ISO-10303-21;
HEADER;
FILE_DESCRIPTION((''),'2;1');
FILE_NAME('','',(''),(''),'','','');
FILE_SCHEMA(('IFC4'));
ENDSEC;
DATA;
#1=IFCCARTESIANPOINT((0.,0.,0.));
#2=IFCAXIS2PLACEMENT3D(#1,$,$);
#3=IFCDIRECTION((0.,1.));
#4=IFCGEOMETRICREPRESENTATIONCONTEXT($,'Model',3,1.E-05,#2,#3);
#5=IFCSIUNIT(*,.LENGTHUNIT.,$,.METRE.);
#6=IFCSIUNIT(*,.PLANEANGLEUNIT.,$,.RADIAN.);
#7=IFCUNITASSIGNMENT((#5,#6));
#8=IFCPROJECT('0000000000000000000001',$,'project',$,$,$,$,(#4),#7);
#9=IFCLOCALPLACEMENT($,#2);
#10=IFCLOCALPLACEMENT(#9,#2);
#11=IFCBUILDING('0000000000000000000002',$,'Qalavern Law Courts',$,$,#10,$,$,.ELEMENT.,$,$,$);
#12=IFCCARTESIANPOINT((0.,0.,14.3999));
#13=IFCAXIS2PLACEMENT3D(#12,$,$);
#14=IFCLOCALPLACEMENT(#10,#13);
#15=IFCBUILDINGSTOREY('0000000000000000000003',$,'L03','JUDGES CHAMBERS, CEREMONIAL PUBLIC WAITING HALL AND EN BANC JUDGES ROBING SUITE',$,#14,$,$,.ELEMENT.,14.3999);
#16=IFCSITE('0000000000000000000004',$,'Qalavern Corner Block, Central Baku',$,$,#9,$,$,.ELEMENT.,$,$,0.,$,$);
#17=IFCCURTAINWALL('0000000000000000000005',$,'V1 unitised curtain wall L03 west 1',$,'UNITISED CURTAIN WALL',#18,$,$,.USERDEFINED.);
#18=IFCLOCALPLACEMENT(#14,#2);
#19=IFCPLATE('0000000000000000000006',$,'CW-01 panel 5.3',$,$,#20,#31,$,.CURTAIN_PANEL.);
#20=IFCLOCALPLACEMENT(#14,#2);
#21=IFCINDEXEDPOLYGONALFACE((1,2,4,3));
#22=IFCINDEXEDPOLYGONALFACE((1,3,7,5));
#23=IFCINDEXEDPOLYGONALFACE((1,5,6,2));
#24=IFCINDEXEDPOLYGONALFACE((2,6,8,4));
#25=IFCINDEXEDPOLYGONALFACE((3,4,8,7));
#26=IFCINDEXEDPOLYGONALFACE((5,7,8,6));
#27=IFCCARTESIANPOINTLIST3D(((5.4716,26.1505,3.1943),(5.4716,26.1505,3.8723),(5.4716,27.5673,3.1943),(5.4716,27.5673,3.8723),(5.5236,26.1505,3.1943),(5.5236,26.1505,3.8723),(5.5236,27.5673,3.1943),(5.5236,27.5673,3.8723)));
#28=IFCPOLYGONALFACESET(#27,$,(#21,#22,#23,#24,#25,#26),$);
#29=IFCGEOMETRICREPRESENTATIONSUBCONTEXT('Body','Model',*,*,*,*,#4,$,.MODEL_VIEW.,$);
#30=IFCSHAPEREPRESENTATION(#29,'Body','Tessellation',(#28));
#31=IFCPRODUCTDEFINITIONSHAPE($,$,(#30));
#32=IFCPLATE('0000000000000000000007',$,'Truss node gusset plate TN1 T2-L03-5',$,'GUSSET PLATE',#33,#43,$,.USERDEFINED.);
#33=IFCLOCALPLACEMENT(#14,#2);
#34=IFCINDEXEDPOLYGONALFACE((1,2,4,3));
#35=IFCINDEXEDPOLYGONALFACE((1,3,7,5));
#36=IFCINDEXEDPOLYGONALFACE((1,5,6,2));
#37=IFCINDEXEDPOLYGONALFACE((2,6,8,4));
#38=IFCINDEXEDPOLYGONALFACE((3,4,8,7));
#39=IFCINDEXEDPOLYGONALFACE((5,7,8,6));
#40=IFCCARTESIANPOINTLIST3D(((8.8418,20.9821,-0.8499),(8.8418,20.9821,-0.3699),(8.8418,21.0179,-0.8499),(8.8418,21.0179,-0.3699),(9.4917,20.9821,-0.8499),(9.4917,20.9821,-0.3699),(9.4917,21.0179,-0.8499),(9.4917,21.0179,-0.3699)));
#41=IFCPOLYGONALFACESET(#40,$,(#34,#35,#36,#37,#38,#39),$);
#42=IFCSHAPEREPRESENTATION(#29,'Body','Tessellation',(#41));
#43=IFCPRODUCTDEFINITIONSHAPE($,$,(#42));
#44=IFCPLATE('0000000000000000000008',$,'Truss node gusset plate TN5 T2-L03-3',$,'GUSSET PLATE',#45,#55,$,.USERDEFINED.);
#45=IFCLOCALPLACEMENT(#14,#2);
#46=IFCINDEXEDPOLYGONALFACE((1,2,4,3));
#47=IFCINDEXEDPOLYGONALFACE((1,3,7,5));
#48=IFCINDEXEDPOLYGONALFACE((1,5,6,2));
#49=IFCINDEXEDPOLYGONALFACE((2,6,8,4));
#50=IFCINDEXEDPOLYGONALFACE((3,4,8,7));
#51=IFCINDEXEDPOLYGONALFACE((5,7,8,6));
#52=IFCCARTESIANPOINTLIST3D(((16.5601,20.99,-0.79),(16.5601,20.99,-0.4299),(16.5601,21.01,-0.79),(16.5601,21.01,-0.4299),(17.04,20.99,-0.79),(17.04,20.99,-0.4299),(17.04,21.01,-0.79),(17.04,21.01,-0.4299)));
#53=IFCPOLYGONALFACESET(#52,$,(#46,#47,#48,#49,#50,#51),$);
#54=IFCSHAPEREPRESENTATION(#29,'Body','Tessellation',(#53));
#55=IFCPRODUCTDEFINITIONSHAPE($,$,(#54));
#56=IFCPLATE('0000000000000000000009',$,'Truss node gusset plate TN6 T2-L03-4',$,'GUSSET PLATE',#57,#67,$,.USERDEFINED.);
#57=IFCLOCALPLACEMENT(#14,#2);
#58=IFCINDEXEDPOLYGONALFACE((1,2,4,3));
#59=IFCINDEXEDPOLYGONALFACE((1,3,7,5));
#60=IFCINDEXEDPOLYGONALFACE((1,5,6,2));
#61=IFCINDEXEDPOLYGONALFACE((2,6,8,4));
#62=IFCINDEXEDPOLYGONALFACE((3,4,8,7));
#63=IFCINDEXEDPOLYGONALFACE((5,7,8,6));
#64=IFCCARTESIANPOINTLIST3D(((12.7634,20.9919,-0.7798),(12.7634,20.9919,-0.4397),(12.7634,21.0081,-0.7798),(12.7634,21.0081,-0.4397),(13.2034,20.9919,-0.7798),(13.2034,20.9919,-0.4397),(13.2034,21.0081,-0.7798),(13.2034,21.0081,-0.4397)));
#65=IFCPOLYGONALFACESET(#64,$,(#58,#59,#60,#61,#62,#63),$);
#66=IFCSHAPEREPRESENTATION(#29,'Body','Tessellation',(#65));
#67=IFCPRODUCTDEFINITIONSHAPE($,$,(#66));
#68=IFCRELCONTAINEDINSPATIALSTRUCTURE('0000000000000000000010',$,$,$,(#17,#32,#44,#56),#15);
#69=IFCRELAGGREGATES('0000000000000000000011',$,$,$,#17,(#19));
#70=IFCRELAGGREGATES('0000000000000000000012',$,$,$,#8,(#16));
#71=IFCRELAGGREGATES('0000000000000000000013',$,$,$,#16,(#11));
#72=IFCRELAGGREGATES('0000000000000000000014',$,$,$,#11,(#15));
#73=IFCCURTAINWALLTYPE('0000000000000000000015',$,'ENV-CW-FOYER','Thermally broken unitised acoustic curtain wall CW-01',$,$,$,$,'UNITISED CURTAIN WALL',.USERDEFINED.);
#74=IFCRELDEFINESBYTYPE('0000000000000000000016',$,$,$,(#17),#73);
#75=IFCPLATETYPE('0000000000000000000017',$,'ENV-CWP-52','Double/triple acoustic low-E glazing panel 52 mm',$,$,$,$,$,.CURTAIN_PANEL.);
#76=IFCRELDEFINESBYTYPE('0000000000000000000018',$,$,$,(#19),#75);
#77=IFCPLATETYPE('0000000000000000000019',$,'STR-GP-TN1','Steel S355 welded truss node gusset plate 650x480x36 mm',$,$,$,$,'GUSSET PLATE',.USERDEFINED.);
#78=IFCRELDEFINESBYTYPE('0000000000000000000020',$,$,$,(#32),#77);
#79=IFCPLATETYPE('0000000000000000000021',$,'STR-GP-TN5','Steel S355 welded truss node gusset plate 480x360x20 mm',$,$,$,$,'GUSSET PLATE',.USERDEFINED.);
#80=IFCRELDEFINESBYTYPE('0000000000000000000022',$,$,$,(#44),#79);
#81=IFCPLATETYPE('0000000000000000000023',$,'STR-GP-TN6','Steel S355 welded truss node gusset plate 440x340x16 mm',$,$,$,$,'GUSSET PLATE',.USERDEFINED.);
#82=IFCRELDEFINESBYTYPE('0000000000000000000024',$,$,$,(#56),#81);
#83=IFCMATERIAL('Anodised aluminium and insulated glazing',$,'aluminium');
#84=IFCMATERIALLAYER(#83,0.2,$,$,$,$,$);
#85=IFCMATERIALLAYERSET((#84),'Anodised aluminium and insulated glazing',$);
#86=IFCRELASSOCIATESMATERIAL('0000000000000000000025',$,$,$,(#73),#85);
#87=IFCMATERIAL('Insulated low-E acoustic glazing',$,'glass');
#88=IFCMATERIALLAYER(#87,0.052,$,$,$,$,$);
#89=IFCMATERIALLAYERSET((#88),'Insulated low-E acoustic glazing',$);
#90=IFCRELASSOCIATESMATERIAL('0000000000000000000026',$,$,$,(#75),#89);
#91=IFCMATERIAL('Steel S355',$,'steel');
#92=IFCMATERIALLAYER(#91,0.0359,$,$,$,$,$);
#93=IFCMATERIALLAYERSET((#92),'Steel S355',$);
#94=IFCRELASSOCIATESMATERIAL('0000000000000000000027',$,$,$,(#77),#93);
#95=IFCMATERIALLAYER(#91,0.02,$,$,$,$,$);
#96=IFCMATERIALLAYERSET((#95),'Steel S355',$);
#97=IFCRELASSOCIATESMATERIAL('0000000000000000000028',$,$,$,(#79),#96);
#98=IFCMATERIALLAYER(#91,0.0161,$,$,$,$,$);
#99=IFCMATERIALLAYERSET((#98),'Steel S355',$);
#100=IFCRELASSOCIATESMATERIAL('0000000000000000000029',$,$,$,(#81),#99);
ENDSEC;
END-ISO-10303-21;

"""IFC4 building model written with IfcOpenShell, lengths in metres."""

from ifc_helpers import new_model, si_unit, direction, frame, origin, origin_2d, place, context, subcontext, project, spatial, rectangle, extrude, material, layer, layer_set, type_object, element, aggregate, save


model = new_model("IFC4")

# Units and contexts
model_context = context("Model", 3, precision=1e-05, world=origin(), true_north=direction((0.0, 1.0)))
body_context = subcontext(model_context, "Body", "Model", "MODEL_VIEW")
ifc_project = project(units=[si_unit("LENGTHUNIT", "METRE"), si_unit("PLANEANGLEUNIT", "RADIAN")], contexts=[model_context])

# Site, building, storey
site_placement = place(None, origin())
site = spatial("IfcSite", under=ifc_project, at=site_placement, Name="Qalavern Corner Block, Central Baku", CompositionType="ELEMENT", RefElevation=0.0)
building_placement = place(site_placement, origin())
building = spatial("IfcBuilding", under=site, at=building_placement, Name="Qalavern Law Courts", CompositionType="ELEMENT")
storey_placement = place(building_placement, frame((0.0, 0.0, 14.3999)))
storey = spatial("IfcBuildingStorey", under=building, at=storey_placement, Name="L03", Description="JUDGES CHAMBERS, CEREMONIAL PUBLIC WAITING HALL AND EN BANC JUDGES ROBING SUITE", CompositionType="ELEMENT", Elevation=14.3999)

# Curtain wall
ifc_material_1 = material(Name="Anodised aluminium and insulated glazing", Category="aluminium")
ifc_layer_1 = layer(ifc_material_1, 0.2)
ifc_layer_set_1 = layer_set([ifc_layer_1], Name="Anodised aluminium and insulated glazing")
curtain_wall_type = type_object("IfcCurtainWallType", Name="ENV-CW-FOYER", Description="Thermally broken unitised acoustic curtain wall CW-01", ElementType="UNITISED CURTAIN WALL", PredefinedType="USERDEFINED", material=ifc_layer_set_1)
curtain_wall_placement = place(storey_placement, origin())
curtain_wall = element("IfcCurtainWall", 1, at=curtain_wall_placement, inside=storey, type_object=curtain_wall_type, Name="V1 unitised curtain wall L03 west 1", ObjectType="UNITISED CURTAIN WALL", PredefinedType="USERDEFINED")

# Shared definitions
ifc_material_2 = material(Name="Steel S355", Category="steel")

# Plate
ifc_material_3 = material(Name="Insulated low-E acoustic glazing", Category="glass")
ifc_layer_2 = layer(ifc_material_3, 0.052)
ifc_layer_set_2 = layer_set([ifc_layer_2], Name="Insulated low-E acoustic glazing")
plate_type_1 = type_object("IfcPlateType", Name="ENV-CWP-52", Description="Double/triple acoustic low-E glazing panel 52 mm", PredefinedType="CURTAIN_PANEL", material=ifc_layer_set_2)
plate_1_placement = place(storey_placement, frame((5.4976, 26.8589, 3.1943), z_axis=(0.0, 0.0, 1.0), x_axis=(0.0, -1.0, 0.0)))
plate_1 = element("IfcPlate", 2, at=plate_1_placement, type_object=plate_type_1, Name="CW-01 panel 5.3", PredefinedType="CURTAIN_PANEL", context=body_context, shape_type="SweptSolid", body=[
    extrude(rectangle(XDim=1.4167, YDim=0.052, at=origin_2d()), origin(), (0.0, 0.0, 1.0), 0.678),
])
aggregate(curtain_wall, [plate_1])

# Plates
ifc_layer_3 = layer(ifc_material_2, 0.0359)
ifc_layer_set_3 = layer_set([ifc_layer_3], Name="Steel S355")
plate_type_2 = type_object("IfcPlateType", Name="STR-GP-TN1", Description="Steel S355 welded truss node gusset plate 650x480x36 mm", ElementType="GUSSET PLATE", PredefinedType="USERDEFINED", material=ifc_layer_set_3)
plate_2_placement = place(storey_placement, frame((9.1667, 21.0, -0.8499), z_axis=(0.0, 0.0, 1.0), x_axis=(1.0, 0.0, 0.0)))
element("IfcPlate", 3, at=plate_2_placement, inside=storey, type_object=plate_type_2, Name="Truss node gusset plate TN1 T2-L03-5", ObjectType="GUSSET PLATE", PredefinedType="USERDEFINED", context=body_context, shape_type="SweptSolid", body=[
    extrude(rectangle(XDim=0.6499, YDim=0.0359, at=origin_2d()), origin(), (0.0, 0.0, 1.0), 0.48),
])
ifc_layer_4 = layer(ifc_material_2, 0.02)
ifc_layer_set_4 = layer_set([ifc_layer_4], Name="Steel S355")
plate_type_3 = type_object("IfcPlateType", Name="STR-GP-TN5", Description="Steel S355 welded truss node gusset plate 480x360x20 mm", ElementType="GUSSET PLATE", PredefinedType="USERDEFINED", material=ifc_layer_set_4)
plate_3_placement = place(storey_placement, frame((16.8, 21.0, -0.79), z_axis=(0.0, 0.0, 1.0), x_axis=(1.0, 0.0, 0.0)))
element("IfcPlate", 4, at=plate_3_placement, inside=storey, type_object=plate_type_3, Name="Truss node gusset plate TN5 T2-L03-3", ObjectType="GUSSET PLATE", PredefinedType="USERDEFINED", context=body_context, shape_type="SweptSolid", body=[
    extrude(rectangle(XDim=0.48, YDim=0.02, at=origin_2d()), origin(), (0.0, 0.0, 1.0), 0.3601),
])
ifc_layer_5 = layer(ifc_material_2, 0.0161)
ifc_layer_set_5 = layer_set([ifc_layer_5], Name="Steel S355")
plate_type_4 = type_object("IfcPlateType", Name="STR-GP-TN6", Description="Steel S355 welded truss node gusset plate 440x340x16 mm", ElementType="GUSSET PLATE", PredefinedType="USERDEFINED", material=ifc_layer_set_5)
plate_4_placement = place(storey_placement, frame((12.9834, 21.0, -0.7798), z_axis=(0.0, 0.0, 1.0), x_axis=(1.0, 0.0, 0.0)))
element("IfcPlate", 5, at=plate_4_placement, inside=storey, type_object=plate_type_4, Name="Truss node gusset plate TN6 T2-L03-4", ObjectType="GUSSET PLATE", PredefinedType="USERDEFINED", context=body_context, shape_type="SweptSolid", body=[
    extrude(rectangle(XDim=0.4399, YDim=0.0161, at=origin_2d()), origin(), (0.0, 0.0, 1.0), 0.3401),
])

save(model, "model.ifc")
